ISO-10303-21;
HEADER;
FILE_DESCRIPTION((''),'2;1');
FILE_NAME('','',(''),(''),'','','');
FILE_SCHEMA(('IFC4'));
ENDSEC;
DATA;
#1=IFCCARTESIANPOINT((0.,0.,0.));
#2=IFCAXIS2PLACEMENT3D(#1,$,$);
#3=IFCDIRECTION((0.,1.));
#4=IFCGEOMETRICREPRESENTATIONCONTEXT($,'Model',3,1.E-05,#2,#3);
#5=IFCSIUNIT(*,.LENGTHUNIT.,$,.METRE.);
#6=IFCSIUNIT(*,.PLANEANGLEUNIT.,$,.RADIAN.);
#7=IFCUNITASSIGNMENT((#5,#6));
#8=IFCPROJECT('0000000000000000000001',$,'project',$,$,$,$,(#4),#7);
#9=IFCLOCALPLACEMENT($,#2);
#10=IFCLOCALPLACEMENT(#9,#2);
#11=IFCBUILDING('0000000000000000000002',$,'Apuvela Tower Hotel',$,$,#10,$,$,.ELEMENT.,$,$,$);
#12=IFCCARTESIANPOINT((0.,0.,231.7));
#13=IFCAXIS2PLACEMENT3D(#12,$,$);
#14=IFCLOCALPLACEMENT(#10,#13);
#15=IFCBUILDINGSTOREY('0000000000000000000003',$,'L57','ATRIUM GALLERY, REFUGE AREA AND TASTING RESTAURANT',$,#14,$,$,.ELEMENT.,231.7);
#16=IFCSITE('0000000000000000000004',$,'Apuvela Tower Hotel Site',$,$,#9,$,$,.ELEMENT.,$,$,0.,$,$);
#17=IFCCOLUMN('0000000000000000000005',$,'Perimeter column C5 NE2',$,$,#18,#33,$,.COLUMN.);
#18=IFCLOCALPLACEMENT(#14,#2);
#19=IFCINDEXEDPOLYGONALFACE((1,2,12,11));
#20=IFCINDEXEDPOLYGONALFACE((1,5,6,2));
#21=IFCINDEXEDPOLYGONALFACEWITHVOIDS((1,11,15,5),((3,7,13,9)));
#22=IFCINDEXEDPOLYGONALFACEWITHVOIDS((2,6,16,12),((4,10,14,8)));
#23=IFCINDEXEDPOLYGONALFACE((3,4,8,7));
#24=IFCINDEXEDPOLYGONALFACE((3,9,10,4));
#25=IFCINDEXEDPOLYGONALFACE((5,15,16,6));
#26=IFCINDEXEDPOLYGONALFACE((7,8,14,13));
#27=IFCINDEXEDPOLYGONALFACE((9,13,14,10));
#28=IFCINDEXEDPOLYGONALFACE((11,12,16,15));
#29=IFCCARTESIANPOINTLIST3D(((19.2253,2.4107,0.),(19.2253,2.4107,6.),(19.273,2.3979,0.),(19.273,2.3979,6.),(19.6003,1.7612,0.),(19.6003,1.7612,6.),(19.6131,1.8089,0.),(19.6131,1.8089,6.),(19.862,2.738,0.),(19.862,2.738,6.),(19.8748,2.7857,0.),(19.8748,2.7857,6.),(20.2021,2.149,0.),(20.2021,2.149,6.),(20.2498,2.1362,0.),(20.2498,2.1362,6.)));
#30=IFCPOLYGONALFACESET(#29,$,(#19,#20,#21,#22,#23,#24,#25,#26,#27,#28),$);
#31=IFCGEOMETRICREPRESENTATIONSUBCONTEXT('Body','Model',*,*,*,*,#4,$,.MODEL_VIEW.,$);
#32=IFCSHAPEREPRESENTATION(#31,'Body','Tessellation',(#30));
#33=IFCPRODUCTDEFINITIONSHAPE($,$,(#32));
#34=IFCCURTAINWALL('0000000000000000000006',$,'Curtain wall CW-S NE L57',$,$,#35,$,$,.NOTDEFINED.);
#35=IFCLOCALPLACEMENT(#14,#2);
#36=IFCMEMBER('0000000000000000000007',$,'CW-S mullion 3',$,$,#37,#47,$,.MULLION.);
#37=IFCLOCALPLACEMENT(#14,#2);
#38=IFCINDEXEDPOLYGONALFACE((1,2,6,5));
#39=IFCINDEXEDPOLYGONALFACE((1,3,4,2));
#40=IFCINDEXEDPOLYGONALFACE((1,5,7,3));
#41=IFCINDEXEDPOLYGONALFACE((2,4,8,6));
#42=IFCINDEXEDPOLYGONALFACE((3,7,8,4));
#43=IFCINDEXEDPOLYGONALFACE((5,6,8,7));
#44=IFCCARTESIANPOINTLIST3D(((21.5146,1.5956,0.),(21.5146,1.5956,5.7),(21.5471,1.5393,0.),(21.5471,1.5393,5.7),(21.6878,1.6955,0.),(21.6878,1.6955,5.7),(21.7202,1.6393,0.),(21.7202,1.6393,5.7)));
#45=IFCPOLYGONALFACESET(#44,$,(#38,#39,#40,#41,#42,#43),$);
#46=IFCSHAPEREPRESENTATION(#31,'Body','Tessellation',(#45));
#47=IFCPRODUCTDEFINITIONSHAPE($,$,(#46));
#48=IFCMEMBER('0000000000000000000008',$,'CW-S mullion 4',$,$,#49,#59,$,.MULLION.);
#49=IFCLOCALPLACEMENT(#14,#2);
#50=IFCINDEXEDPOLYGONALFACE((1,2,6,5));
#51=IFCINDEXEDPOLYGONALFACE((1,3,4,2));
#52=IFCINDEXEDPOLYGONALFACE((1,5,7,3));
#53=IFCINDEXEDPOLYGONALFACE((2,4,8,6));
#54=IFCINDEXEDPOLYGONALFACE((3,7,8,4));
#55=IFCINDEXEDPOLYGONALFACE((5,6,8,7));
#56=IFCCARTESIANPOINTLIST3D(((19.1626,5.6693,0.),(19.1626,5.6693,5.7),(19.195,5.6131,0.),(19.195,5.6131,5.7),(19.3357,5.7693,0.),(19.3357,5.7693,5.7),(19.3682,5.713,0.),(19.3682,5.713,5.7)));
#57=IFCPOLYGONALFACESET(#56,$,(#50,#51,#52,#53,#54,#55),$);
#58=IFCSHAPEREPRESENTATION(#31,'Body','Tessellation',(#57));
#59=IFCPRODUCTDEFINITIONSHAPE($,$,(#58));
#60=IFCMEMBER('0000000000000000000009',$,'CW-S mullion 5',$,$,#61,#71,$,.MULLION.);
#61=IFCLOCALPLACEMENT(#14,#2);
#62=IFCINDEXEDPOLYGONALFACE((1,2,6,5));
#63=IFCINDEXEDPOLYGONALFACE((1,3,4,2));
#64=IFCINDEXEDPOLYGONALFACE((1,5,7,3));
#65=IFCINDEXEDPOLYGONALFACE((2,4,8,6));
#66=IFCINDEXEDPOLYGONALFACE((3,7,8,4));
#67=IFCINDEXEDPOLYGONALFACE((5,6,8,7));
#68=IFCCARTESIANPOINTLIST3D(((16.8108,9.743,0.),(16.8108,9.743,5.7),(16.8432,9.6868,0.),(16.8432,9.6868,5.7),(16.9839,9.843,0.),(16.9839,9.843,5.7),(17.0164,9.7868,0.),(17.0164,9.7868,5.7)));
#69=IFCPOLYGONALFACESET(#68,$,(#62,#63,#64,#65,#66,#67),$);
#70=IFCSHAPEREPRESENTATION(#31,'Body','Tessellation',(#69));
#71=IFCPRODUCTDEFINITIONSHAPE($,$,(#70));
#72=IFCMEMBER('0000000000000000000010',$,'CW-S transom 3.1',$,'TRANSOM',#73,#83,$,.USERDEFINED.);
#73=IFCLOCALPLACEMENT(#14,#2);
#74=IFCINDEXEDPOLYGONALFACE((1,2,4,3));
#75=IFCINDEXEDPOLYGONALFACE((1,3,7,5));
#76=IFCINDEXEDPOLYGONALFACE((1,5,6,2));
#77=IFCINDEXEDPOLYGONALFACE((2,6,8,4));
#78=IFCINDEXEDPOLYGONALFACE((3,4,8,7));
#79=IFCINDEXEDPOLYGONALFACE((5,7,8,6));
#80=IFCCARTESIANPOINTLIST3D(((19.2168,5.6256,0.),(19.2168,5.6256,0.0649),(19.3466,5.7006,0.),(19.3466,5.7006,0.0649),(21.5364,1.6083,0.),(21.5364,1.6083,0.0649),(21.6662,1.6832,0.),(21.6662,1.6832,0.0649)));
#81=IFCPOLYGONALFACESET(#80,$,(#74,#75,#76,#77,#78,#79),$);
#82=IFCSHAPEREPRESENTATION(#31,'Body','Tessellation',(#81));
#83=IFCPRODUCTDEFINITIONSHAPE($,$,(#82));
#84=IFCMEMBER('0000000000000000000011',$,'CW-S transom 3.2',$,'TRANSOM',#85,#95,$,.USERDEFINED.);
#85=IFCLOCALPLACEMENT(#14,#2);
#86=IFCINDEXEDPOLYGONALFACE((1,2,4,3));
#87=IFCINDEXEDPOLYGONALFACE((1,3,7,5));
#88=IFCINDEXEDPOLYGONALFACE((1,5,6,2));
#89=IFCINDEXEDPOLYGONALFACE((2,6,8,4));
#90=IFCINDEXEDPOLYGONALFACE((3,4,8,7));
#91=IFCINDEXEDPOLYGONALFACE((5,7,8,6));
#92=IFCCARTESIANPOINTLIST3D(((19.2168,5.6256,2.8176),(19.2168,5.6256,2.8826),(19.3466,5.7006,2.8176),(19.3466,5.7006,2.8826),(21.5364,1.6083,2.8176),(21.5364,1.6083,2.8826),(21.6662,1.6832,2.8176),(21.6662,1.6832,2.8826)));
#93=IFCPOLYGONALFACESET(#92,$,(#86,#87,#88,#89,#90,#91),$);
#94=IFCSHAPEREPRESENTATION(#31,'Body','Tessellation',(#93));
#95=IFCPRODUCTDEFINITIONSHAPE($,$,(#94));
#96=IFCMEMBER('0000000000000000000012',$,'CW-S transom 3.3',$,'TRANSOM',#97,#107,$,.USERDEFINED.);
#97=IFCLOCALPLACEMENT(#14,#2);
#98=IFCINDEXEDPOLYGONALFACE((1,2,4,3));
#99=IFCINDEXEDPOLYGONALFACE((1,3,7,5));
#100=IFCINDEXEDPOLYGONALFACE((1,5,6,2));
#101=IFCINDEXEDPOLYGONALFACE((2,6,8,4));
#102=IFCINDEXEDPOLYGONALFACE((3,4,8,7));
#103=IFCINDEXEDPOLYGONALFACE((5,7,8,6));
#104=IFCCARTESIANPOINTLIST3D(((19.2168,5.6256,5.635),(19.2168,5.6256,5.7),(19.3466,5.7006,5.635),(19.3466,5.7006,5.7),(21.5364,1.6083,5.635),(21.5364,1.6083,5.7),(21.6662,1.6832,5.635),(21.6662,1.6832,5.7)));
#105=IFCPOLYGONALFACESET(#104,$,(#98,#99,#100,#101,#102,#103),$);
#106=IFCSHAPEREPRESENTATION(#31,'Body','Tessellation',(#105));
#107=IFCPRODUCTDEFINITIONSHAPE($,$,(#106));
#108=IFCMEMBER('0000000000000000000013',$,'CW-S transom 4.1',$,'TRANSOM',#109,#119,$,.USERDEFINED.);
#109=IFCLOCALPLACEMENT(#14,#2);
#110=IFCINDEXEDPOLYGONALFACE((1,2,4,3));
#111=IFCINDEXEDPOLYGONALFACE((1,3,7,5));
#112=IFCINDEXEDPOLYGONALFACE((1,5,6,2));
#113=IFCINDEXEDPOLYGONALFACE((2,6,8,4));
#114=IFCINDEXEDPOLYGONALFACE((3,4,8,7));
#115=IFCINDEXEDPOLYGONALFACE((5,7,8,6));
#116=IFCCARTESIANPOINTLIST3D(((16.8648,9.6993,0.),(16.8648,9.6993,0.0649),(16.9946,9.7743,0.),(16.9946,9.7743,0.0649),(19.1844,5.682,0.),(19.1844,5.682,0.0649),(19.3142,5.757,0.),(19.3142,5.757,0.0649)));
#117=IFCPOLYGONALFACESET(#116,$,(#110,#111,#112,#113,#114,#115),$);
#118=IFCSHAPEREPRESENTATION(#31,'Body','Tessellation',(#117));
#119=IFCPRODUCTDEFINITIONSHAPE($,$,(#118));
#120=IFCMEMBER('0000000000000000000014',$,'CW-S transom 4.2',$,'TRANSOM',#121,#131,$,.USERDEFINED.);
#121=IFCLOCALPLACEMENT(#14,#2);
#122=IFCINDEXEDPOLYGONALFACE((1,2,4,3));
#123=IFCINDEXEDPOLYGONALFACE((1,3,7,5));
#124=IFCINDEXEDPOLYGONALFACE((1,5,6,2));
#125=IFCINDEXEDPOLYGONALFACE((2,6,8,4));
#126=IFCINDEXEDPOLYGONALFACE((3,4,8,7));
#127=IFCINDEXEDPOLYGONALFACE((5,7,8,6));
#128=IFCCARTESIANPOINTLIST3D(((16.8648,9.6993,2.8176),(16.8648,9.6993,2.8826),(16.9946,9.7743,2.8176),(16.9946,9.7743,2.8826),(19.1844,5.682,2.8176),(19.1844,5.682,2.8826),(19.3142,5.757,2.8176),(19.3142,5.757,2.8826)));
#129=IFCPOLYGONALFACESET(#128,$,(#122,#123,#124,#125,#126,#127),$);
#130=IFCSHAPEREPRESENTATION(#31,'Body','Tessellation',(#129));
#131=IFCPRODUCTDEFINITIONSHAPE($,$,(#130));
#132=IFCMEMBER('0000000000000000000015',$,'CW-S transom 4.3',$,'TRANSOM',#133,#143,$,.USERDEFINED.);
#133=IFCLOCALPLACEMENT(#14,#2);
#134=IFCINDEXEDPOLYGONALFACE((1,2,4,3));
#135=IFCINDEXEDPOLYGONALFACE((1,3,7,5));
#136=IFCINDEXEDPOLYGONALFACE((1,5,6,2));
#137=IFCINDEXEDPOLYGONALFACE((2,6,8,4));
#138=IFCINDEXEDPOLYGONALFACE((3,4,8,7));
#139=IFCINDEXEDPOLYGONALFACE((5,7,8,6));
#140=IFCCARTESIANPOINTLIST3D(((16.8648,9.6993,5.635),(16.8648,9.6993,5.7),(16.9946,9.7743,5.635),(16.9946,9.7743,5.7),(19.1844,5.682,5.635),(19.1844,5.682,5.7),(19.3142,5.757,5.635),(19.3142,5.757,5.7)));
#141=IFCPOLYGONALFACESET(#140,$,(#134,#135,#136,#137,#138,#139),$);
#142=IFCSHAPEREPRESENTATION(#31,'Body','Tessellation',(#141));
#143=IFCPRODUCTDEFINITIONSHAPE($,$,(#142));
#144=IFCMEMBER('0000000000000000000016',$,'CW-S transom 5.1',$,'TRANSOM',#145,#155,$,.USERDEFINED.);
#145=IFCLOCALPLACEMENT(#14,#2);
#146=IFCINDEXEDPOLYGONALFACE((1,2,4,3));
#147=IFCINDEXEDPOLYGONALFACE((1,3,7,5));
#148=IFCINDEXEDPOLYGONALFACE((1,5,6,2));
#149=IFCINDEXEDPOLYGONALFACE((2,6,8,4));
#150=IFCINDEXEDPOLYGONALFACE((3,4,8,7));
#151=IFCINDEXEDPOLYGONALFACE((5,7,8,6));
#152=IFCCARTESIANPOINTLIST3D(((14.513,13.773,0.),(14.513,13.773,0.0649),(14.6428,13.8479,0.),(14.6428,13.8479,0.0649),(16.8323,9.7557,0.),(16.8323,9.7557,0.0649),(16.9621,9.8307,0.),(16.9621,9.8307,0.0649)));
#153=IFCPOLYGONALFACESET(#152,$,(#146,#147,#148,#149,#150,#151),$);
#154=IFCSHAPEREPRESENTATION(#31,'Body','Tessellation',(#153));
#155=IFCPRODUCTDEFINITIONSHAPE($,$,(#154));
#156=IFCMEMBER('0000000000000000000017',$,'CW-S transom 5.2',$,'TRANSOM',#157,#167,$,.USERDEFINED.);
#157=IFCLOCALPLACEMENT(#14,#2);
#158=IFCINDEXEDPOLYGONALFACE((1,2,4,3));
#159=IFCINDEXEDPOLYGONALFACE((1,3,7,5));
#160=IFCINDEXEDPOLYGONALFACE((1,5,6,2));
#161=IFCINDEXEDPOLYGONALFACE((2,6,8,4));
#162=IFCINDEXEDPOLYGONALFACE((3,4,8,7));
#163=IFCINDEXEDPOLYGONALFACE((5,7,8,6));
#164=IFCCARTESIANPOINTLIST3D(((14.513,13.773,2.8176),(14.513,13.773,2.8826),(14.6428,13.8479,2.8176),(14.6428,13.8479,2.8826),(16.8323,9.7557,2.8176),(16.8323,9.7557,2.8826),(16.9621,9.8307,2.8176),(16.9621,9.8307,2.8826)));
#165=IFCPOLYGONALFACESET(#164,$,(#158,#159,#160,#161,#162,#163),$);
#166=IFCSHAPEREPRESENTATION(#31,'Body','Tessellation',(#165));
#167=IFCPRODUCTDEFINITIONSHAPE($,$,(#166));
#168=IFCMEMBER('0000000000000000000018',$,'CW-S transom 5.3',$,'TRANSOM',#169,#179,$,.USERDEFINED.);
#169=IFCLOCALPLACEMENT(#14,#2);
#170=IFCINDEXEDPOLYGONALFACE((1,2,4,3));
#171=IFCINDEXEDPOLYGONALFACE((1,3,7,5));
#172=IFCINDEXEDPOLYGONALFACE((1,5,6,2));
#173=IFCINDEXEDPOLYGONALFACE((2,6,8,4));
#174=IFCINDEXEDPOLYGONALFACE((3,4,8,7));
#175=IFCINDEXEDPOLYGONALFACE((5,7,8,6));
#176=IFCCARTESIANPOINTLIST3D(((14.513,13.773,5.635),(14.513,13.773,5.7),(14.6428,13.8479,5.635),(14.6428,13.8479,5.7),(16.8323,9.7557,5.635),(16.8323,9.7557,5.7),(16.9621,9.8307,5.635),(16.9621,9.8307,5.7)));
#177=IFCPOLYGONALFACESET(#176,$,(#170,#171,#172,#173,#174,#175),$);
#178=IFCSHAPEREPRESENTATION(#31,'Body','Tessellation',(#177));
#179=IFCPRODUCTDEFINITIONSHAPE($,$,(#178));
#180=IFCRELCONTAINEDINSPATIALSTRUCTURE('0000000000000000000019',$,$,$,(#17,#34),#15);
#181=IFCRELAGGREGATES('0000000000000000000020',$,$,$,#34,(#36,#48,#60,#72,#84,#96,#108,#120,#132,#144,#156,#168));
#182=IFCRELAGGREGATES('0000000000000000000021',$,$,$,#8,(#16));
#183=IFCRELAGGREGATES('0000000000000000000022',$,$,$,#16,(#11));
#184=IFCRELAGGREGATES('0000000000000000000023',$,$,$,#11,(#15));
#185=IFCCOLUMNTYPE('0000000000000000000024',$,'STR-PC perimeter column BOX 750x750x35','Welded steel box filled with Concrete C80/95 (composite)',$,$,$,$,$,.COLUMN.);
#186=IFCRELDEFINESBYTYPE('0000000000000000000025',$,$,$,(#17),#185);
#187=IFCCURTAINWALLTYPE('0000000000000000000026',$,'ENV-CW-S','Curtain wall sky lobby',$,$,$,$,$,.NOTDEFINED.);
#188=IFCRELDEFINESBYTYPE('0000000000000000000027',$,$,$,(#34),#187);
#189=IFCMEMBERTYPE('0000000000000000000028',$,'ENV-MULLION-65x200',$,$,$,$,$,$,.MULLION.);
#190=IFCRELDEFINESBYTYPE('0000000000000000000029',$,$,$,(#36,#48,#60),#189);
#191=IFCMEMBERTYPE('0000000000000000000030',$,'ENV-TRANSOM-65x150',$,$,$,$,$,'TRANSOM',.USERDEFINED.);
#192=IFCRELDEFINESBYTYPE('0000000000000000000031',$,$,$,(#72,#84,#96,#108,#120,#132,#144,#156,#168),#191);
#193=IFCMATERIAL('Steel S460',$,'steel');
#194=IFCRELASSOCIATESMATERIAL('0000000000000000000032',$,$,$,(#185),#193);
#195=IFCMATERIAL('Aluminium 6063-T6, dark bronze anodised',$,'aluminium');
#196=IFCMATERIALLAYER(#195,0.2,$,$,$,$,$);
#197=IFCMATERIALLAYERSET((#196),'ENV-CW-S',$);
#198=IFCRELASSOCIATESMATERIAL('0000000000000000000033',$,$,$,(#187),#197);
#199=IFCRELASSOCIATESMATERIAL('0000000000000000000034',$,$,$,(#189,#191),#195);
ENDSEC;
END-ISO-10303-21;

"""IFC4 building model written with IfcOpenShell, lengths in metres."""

from ifc_helpers import new_model, si_unit, direction, frame, origin, origin_2d, place, context, subcontext, project, spatial, rectangle, hollow_rectangle, extrude, material, layer, layer_set, material_profile, profile_set, type_object, element, aggregate, save


model = new_model("IFC4")

# Units and contexts
model_context = context("Model", 3, precision=1e-05, world=origin(), true_north=direction((0.0, 1.0)))
body_context = subcontext(model_context, "Body", "Model", "MODEL_VIEW")
ifc_project = project(units=[si_unit("LENGTHUNIT", "METRE"), si_unit("PLANEANGLEUNIT", "RADIAN")], contexts=[model_context])

# Site, building, storey
site_placement = place(None, origin())
site = spatial("IfcSite", under=ifc_project, at=site_placement, Name="Apuvela Tower Hotel Site", CompositionType="ELEMENT", RefElevation=0.0)
building_placement = place(site_placement, origin())
building = spatial("IfcBuilding", under=site, at=building_placement, Name="Apuvela Tower Hotel", CompositionType="ELEMENT")
storey_placement = place(building_placement, frame((0.0, 0.0, 231.7)))
storey = spatial("IfcBuildingStorey", under=building, at=storey_placement, Name="L57", Description="ATRIUM GALLERY, REFUGE AREA AND TASTING RESTAURANT", CompositionType="ELEMENT", Elevation=231.7)

# Column
ifc_material_1 = material(Name="Steel S460", Category="steel")
ifc_material_profile_1 = material_profile(ifc_material_1, hollow_rectangle(XDim=0.75, YDim=0.75, WallThickness=0.0349, at=origin_2d()), Name="BOX 750x750x35")
ifc_material_2 = material(Name="Concrete C80/95", Category="concrete")
ifc_material_profile_2 = material_profile(ifc_material_2, rectangle(XDim=0.6799, YDim=0.6799, at=origin_2d()), Name="Concrete C80/95 infill")
ifc_profile_set_1 = profile_set([ifc_material_profile_1, ifc_material_profile_2], Name="Steel S460")
column_type = type_object("IfcColumnType", Name="STR-PC perimeter column BOX 750x750x35", Description="Welded steel box filled with Concrete C80/95 (composite)", PredefinedType="COLUMN", material=ifc_profile_set_1)
column_placement = place(storey_placement, frame((19.7375, 2.2734, 0.0), z_axis=(0.0, 0.0, 1.0), x_axis=(-0.5, 0.866025, 0.0)))
element("IfcColumn", 1, at=column_placement, inside=storey, type_object=column_type, Name="Perimeter column C5 NE2", PredefinedType="COLUMN", context=body_context, shape_type="SweptSolid", body=[
    extrude(hollow_rectangle(XDim=0.75, YDim=0.75, WallThickness=0.0349, at=origin_2d()), origin(), (0.0, 0.0, 1.0), 6.0),
])

# Curtain wall, members
ifc_material_3 = material(Name="Aluminium 6063-T6, dark bronze anodised", Category="aluminium")
ifc_layer_1 = layer(ifc_material_3, 0.2)
ifc_layer_set_1 = layer_set([ifc_layer_1], Name="ENV-CW-S")
curtain_wall_type = type_object("IfcCurtainWallType", Name="ENV-CW-S", Description="Curtain wall sky lobby", PredefinedType="NOTDEFINED", material=ifc_layer_set_1)
curtain_wall_placement = place(storey_placement, origin())
curtain_wall = element("IfcCurtainWall", 2, at=curtain_wall_placement, inside=storey, type_object=curtain_wall_type, Name="Curtain wall CW-S NE L57", PredefinedType="NOTDEFINED")
ifc_material_profile_3 = material_profile(ifc_material_3, rectangle(XDim=0.2, YDim=0.0649, at=origin_2d()), Name="AL 65x200")
ifc_profile_set_2 = profile_set([ifc_material_profile_3], Name="Aluminium 6063-T6, dark bronze anodised")
member_type_1 = type_object("IfcMemberType", Name="ENV-MULLION-65x200", PredefinedType="MULLION", material=ifc_profile_set_2)
member_1_placement = place(storey_placement, frame((21.6174, 1.6174, 0.0), z_axis=(0.0, 0.0, 1.0), x_axis=(-0.866026, -0.499999, 0.0)))
member_1 = element("IfcMember", 3, at=member_1_placement, type_object=member_type_1, Name="CW-S mullion 3", PredefinedType="MULLION", context=body_context, shape_type="SweptSolid", body=[
    extrude(rectangle(XDim=0.2, YDim=0.0649, at=origin_2d()), origin(), (0.0, 0.0, 1.0), 5.7),
])
member_2_placement = place(storey_placement, frame((19.2654, 5.6912, 0.0), z_axis=(0.0, 0.0, 1.0), x_axis=(-0.866026, -0.499999, 0.0)))
member_2 = element("IfcMember", 4, at=member_2_placement, type_object=member_type_1, Name="CW-S mullion 4", PredefinedType="MULLION", context=body_context, shape_type="SweptSolid", body=[
    extrude(rectangle(XDim=0.2, YDim=0.0649, at=origin_2d()), origin(), (0.0, 0.0, 1.0), 5.7),
])
member_3_placement = place(storey_placement, frame((16.9136, 9.7649, 0.0), z_axis=(0.0, 0.0, 1.0), x_axis=(-0.866026, -0.499999, 0.0)))
member_3 = element("IfcMember", 5, at=member_3_placement, type_object=member_type_1, Name="CW-S mullion 5", PredefinedType="MULLION", context=body_context, shape_type="SweptSolid", body=[
    extrude(rectangle(XDim=0.2, YDim=0.0649, at=origin_2d()), origin(), (0.0, 0.0, 1.0), 5.7),
])
ifc_material_profile_4 = material_profile(ifc_material_3, rectangle(XDim=0.1499, YDim=0.0649, at=origin_2d()), Name="AL 65x150 transom")
ifc_profile_set_3 = profile_set([ifc_material_profile_4], Name="Aluminium 6063-T6, dark bronze anodised")
member_type_2 = type_object("IfcMemberType", Name="ENV-TRANSOM-65x150", ElementType="TRANSOM", PredefinedType="USERDEFINED", material=ifc_profile_set_3)
member_4_placement = place(storey_placement, frame((21.6013, 1.6458, 0.0325), z_axis=(-0.500028, 0.866009, 0.0), x_axis=(-0.866009, -0.500028, 0.0)))
member_4 = element("IfcMember", 6, at=member_4_placement, type_object=member_type_2, Name="CW-S transom 3.1", ObjectType="TRANSOM", PredefinedType="USERDEFINED", context=body_context, shape_type="SweptSolid", body=[
    extrude(rectangle(XDim=0.1499, YDim=0.0649, at=origin_2d()), origin(), (0.0, 0.0, 1.0), 4.6389),
])
member_5_placement = place(storey_placement, frame((21.6013, 1.6458, 2.8501), z_axis=(-0.500028, 0.866009, 0.0), x_axis=(-0.866009, -0.500028, 0.0)))
member_5 = element("IfcMember", 7, at=member_5_placement, type_object=member_type_2, Name="CW-S transom 3.2", ObjectType="TRANSOM", PredefinedType="USERDEFINED", context=body_context, shape_type="SweptSolid", body=[
    extrude(rectangle(XDim=0.1499, YDim=0.0649, at=origin_2d()), origin(), (0.0, 0.0, 1.0), 4.6389),
])
member_6_placement = place(storey_placement, frame((21.6013, 1.6458, 5.6675), z_axis=(-0.500028, 0.866009, 0.0), x_axis=(-0.866009, -0.500028, 0.0)))
member_6 = element("IfcMember", 8, at=member_6_placement, type_object=member_type_2, Name="CW-S transom 3.3", ObjectType="TRANSOM", PredefinedType="USERDEFINED", context=body_context, shape_type="SweptSolid", body=[
    extrude(rectangle(XDim=0.1499, YDim=0.0649, at=origin_2d()), origin(), (0.0, 0.0, 1.0), 4.6389),
])
member_7_placement = place(storey_placement, frame((19.2493, 5.7195, 0.0325), z_axis=(-0.500028, 0.866009, 0.0), x_axis=(-0.866009, -0.500028, 0.0)))
member_7 = element("IfcMember", 9, at=member_7_placement, type_object=member_type_2, Name="CW-S transom 4.1", ObjectType="TRANSOM", PredefinedType="USERDEFINED", context=body_context, shape_type="SweptSolid", body=[
    extrude(rectangle(XDim=0.1499, YDim=0.0649, at=origin_2d()), origin(), (0.0, 0.0, 1.0), 4.6389),
])
member_8_placement = place(storey_placement, frame((19.2493, 5.7195, 2.8501), z_axis=(-0.500028, 0.866009, 0.0), x_axis=(-0.866009, -0.500028, 0.0)))
member_8 = element("IfcMember", 10, at=member_8_placement, type_object=member_type_2, Name="CW-S transom 4.2", ObjectType="TRANSOM", PredefinedType="USERDEFINED", context=body_context, shape_type="SweptSolid", body=[
    extrude(rectangle(XDim=0.1499, YDim=0.0649, at=origin_2d()), origin(), (0.0, 0.0, 1.0), 4.6389),
])
member_9_placement = place(storey_placement, frame((19.2493, 5.7195, 5.6675), z_axis=(-0.500028, 0.866009, 0.0), x_axis=(-0.866009, -0.500028, 0.0)))
member_9 = element("IfcMember", 11, at=member_9_placement, type_object=member_type_2, Name="CW-S transom 4.3", ObjectType="TRANSOM", PredefinedType="USERDEFINED", context=body_context, shape_type="SweptSolid", body=[
    extrude(rectangle(XDim=0.1499, YDim=0.0649, at=origin_2d()), origin(), (0.0, 0.0, 1.0), 4.6389),
])
member_10_placement = place(storey_placement, frame((16.8972, 9.7932, 0.0325), z_axis=(-0.499988, 0.866032, 0.0), x_axis=(-0.866032, -0.499988, 0.0)))
member_10 = element("IfcMember", 12, at=member_10_placement, type_object=member_type_2, Name="CW-S transom 5.1", ObjectType="TRANSOM", PredefinedType="USERDEFINED", context=body_context, shape_type="SweptSolid", body=[
    extrude(rectangle(XDim=0.1499, YDim=0.0649, at=origin_2d()), origin(), (0.0, 0.0, 1.0), 4.6387),
])
member_11_placement = place(storey_placement, frame((16.8972, 9.7932, 2.8501), z_axis=(-0.499988, 0.866032, 0.0), x_axis=(-0.866032, -0.499988, 0.0)))
member_11 = element("IfcMember", 13, at=member_11_placement, type_object=member_type_2, Name="CW-S transom 5.2", ObjectType="TRANSOM", PredefinedType="USERDEFINED", context=body_context, shape_type="SweptSolid", body=[
    extrude(rectangle(XDim=0.1499, YDim=0.0649, at=origin_2d()), origin(), (0.0, 0.0, 1.0), 4.6387),
])
member_12_placement = place(storey_placement, frame((16.8972, 9.7932, 5.6675), z_axis=(-0.499988, 0.866032, 0.0), x_axis=(-0.866032, -0.499988, 0.0)))
member_12 = element("IfcMember", 14, at=member_12_placement, type_object=member_type_2, Name="CW-S transom 5.3", ObjectType="TRANSOM", PredefinedType="USERDEFINED", context=body_context, shape_type="SweptSolid", body=[
    extrude(rectangle(XDim=0.1499, YDim=0.0649, at=origin_2d()), origin(), (0.0, 0.0, 1.0), 4.6387),
])

aggregate(curtain_wall, [member_1, member_2, member_3, member_4, member_5, member_6, member_7, member_8, member_9, member_10, member_11, member_12])

save(model, "model.ifc")
